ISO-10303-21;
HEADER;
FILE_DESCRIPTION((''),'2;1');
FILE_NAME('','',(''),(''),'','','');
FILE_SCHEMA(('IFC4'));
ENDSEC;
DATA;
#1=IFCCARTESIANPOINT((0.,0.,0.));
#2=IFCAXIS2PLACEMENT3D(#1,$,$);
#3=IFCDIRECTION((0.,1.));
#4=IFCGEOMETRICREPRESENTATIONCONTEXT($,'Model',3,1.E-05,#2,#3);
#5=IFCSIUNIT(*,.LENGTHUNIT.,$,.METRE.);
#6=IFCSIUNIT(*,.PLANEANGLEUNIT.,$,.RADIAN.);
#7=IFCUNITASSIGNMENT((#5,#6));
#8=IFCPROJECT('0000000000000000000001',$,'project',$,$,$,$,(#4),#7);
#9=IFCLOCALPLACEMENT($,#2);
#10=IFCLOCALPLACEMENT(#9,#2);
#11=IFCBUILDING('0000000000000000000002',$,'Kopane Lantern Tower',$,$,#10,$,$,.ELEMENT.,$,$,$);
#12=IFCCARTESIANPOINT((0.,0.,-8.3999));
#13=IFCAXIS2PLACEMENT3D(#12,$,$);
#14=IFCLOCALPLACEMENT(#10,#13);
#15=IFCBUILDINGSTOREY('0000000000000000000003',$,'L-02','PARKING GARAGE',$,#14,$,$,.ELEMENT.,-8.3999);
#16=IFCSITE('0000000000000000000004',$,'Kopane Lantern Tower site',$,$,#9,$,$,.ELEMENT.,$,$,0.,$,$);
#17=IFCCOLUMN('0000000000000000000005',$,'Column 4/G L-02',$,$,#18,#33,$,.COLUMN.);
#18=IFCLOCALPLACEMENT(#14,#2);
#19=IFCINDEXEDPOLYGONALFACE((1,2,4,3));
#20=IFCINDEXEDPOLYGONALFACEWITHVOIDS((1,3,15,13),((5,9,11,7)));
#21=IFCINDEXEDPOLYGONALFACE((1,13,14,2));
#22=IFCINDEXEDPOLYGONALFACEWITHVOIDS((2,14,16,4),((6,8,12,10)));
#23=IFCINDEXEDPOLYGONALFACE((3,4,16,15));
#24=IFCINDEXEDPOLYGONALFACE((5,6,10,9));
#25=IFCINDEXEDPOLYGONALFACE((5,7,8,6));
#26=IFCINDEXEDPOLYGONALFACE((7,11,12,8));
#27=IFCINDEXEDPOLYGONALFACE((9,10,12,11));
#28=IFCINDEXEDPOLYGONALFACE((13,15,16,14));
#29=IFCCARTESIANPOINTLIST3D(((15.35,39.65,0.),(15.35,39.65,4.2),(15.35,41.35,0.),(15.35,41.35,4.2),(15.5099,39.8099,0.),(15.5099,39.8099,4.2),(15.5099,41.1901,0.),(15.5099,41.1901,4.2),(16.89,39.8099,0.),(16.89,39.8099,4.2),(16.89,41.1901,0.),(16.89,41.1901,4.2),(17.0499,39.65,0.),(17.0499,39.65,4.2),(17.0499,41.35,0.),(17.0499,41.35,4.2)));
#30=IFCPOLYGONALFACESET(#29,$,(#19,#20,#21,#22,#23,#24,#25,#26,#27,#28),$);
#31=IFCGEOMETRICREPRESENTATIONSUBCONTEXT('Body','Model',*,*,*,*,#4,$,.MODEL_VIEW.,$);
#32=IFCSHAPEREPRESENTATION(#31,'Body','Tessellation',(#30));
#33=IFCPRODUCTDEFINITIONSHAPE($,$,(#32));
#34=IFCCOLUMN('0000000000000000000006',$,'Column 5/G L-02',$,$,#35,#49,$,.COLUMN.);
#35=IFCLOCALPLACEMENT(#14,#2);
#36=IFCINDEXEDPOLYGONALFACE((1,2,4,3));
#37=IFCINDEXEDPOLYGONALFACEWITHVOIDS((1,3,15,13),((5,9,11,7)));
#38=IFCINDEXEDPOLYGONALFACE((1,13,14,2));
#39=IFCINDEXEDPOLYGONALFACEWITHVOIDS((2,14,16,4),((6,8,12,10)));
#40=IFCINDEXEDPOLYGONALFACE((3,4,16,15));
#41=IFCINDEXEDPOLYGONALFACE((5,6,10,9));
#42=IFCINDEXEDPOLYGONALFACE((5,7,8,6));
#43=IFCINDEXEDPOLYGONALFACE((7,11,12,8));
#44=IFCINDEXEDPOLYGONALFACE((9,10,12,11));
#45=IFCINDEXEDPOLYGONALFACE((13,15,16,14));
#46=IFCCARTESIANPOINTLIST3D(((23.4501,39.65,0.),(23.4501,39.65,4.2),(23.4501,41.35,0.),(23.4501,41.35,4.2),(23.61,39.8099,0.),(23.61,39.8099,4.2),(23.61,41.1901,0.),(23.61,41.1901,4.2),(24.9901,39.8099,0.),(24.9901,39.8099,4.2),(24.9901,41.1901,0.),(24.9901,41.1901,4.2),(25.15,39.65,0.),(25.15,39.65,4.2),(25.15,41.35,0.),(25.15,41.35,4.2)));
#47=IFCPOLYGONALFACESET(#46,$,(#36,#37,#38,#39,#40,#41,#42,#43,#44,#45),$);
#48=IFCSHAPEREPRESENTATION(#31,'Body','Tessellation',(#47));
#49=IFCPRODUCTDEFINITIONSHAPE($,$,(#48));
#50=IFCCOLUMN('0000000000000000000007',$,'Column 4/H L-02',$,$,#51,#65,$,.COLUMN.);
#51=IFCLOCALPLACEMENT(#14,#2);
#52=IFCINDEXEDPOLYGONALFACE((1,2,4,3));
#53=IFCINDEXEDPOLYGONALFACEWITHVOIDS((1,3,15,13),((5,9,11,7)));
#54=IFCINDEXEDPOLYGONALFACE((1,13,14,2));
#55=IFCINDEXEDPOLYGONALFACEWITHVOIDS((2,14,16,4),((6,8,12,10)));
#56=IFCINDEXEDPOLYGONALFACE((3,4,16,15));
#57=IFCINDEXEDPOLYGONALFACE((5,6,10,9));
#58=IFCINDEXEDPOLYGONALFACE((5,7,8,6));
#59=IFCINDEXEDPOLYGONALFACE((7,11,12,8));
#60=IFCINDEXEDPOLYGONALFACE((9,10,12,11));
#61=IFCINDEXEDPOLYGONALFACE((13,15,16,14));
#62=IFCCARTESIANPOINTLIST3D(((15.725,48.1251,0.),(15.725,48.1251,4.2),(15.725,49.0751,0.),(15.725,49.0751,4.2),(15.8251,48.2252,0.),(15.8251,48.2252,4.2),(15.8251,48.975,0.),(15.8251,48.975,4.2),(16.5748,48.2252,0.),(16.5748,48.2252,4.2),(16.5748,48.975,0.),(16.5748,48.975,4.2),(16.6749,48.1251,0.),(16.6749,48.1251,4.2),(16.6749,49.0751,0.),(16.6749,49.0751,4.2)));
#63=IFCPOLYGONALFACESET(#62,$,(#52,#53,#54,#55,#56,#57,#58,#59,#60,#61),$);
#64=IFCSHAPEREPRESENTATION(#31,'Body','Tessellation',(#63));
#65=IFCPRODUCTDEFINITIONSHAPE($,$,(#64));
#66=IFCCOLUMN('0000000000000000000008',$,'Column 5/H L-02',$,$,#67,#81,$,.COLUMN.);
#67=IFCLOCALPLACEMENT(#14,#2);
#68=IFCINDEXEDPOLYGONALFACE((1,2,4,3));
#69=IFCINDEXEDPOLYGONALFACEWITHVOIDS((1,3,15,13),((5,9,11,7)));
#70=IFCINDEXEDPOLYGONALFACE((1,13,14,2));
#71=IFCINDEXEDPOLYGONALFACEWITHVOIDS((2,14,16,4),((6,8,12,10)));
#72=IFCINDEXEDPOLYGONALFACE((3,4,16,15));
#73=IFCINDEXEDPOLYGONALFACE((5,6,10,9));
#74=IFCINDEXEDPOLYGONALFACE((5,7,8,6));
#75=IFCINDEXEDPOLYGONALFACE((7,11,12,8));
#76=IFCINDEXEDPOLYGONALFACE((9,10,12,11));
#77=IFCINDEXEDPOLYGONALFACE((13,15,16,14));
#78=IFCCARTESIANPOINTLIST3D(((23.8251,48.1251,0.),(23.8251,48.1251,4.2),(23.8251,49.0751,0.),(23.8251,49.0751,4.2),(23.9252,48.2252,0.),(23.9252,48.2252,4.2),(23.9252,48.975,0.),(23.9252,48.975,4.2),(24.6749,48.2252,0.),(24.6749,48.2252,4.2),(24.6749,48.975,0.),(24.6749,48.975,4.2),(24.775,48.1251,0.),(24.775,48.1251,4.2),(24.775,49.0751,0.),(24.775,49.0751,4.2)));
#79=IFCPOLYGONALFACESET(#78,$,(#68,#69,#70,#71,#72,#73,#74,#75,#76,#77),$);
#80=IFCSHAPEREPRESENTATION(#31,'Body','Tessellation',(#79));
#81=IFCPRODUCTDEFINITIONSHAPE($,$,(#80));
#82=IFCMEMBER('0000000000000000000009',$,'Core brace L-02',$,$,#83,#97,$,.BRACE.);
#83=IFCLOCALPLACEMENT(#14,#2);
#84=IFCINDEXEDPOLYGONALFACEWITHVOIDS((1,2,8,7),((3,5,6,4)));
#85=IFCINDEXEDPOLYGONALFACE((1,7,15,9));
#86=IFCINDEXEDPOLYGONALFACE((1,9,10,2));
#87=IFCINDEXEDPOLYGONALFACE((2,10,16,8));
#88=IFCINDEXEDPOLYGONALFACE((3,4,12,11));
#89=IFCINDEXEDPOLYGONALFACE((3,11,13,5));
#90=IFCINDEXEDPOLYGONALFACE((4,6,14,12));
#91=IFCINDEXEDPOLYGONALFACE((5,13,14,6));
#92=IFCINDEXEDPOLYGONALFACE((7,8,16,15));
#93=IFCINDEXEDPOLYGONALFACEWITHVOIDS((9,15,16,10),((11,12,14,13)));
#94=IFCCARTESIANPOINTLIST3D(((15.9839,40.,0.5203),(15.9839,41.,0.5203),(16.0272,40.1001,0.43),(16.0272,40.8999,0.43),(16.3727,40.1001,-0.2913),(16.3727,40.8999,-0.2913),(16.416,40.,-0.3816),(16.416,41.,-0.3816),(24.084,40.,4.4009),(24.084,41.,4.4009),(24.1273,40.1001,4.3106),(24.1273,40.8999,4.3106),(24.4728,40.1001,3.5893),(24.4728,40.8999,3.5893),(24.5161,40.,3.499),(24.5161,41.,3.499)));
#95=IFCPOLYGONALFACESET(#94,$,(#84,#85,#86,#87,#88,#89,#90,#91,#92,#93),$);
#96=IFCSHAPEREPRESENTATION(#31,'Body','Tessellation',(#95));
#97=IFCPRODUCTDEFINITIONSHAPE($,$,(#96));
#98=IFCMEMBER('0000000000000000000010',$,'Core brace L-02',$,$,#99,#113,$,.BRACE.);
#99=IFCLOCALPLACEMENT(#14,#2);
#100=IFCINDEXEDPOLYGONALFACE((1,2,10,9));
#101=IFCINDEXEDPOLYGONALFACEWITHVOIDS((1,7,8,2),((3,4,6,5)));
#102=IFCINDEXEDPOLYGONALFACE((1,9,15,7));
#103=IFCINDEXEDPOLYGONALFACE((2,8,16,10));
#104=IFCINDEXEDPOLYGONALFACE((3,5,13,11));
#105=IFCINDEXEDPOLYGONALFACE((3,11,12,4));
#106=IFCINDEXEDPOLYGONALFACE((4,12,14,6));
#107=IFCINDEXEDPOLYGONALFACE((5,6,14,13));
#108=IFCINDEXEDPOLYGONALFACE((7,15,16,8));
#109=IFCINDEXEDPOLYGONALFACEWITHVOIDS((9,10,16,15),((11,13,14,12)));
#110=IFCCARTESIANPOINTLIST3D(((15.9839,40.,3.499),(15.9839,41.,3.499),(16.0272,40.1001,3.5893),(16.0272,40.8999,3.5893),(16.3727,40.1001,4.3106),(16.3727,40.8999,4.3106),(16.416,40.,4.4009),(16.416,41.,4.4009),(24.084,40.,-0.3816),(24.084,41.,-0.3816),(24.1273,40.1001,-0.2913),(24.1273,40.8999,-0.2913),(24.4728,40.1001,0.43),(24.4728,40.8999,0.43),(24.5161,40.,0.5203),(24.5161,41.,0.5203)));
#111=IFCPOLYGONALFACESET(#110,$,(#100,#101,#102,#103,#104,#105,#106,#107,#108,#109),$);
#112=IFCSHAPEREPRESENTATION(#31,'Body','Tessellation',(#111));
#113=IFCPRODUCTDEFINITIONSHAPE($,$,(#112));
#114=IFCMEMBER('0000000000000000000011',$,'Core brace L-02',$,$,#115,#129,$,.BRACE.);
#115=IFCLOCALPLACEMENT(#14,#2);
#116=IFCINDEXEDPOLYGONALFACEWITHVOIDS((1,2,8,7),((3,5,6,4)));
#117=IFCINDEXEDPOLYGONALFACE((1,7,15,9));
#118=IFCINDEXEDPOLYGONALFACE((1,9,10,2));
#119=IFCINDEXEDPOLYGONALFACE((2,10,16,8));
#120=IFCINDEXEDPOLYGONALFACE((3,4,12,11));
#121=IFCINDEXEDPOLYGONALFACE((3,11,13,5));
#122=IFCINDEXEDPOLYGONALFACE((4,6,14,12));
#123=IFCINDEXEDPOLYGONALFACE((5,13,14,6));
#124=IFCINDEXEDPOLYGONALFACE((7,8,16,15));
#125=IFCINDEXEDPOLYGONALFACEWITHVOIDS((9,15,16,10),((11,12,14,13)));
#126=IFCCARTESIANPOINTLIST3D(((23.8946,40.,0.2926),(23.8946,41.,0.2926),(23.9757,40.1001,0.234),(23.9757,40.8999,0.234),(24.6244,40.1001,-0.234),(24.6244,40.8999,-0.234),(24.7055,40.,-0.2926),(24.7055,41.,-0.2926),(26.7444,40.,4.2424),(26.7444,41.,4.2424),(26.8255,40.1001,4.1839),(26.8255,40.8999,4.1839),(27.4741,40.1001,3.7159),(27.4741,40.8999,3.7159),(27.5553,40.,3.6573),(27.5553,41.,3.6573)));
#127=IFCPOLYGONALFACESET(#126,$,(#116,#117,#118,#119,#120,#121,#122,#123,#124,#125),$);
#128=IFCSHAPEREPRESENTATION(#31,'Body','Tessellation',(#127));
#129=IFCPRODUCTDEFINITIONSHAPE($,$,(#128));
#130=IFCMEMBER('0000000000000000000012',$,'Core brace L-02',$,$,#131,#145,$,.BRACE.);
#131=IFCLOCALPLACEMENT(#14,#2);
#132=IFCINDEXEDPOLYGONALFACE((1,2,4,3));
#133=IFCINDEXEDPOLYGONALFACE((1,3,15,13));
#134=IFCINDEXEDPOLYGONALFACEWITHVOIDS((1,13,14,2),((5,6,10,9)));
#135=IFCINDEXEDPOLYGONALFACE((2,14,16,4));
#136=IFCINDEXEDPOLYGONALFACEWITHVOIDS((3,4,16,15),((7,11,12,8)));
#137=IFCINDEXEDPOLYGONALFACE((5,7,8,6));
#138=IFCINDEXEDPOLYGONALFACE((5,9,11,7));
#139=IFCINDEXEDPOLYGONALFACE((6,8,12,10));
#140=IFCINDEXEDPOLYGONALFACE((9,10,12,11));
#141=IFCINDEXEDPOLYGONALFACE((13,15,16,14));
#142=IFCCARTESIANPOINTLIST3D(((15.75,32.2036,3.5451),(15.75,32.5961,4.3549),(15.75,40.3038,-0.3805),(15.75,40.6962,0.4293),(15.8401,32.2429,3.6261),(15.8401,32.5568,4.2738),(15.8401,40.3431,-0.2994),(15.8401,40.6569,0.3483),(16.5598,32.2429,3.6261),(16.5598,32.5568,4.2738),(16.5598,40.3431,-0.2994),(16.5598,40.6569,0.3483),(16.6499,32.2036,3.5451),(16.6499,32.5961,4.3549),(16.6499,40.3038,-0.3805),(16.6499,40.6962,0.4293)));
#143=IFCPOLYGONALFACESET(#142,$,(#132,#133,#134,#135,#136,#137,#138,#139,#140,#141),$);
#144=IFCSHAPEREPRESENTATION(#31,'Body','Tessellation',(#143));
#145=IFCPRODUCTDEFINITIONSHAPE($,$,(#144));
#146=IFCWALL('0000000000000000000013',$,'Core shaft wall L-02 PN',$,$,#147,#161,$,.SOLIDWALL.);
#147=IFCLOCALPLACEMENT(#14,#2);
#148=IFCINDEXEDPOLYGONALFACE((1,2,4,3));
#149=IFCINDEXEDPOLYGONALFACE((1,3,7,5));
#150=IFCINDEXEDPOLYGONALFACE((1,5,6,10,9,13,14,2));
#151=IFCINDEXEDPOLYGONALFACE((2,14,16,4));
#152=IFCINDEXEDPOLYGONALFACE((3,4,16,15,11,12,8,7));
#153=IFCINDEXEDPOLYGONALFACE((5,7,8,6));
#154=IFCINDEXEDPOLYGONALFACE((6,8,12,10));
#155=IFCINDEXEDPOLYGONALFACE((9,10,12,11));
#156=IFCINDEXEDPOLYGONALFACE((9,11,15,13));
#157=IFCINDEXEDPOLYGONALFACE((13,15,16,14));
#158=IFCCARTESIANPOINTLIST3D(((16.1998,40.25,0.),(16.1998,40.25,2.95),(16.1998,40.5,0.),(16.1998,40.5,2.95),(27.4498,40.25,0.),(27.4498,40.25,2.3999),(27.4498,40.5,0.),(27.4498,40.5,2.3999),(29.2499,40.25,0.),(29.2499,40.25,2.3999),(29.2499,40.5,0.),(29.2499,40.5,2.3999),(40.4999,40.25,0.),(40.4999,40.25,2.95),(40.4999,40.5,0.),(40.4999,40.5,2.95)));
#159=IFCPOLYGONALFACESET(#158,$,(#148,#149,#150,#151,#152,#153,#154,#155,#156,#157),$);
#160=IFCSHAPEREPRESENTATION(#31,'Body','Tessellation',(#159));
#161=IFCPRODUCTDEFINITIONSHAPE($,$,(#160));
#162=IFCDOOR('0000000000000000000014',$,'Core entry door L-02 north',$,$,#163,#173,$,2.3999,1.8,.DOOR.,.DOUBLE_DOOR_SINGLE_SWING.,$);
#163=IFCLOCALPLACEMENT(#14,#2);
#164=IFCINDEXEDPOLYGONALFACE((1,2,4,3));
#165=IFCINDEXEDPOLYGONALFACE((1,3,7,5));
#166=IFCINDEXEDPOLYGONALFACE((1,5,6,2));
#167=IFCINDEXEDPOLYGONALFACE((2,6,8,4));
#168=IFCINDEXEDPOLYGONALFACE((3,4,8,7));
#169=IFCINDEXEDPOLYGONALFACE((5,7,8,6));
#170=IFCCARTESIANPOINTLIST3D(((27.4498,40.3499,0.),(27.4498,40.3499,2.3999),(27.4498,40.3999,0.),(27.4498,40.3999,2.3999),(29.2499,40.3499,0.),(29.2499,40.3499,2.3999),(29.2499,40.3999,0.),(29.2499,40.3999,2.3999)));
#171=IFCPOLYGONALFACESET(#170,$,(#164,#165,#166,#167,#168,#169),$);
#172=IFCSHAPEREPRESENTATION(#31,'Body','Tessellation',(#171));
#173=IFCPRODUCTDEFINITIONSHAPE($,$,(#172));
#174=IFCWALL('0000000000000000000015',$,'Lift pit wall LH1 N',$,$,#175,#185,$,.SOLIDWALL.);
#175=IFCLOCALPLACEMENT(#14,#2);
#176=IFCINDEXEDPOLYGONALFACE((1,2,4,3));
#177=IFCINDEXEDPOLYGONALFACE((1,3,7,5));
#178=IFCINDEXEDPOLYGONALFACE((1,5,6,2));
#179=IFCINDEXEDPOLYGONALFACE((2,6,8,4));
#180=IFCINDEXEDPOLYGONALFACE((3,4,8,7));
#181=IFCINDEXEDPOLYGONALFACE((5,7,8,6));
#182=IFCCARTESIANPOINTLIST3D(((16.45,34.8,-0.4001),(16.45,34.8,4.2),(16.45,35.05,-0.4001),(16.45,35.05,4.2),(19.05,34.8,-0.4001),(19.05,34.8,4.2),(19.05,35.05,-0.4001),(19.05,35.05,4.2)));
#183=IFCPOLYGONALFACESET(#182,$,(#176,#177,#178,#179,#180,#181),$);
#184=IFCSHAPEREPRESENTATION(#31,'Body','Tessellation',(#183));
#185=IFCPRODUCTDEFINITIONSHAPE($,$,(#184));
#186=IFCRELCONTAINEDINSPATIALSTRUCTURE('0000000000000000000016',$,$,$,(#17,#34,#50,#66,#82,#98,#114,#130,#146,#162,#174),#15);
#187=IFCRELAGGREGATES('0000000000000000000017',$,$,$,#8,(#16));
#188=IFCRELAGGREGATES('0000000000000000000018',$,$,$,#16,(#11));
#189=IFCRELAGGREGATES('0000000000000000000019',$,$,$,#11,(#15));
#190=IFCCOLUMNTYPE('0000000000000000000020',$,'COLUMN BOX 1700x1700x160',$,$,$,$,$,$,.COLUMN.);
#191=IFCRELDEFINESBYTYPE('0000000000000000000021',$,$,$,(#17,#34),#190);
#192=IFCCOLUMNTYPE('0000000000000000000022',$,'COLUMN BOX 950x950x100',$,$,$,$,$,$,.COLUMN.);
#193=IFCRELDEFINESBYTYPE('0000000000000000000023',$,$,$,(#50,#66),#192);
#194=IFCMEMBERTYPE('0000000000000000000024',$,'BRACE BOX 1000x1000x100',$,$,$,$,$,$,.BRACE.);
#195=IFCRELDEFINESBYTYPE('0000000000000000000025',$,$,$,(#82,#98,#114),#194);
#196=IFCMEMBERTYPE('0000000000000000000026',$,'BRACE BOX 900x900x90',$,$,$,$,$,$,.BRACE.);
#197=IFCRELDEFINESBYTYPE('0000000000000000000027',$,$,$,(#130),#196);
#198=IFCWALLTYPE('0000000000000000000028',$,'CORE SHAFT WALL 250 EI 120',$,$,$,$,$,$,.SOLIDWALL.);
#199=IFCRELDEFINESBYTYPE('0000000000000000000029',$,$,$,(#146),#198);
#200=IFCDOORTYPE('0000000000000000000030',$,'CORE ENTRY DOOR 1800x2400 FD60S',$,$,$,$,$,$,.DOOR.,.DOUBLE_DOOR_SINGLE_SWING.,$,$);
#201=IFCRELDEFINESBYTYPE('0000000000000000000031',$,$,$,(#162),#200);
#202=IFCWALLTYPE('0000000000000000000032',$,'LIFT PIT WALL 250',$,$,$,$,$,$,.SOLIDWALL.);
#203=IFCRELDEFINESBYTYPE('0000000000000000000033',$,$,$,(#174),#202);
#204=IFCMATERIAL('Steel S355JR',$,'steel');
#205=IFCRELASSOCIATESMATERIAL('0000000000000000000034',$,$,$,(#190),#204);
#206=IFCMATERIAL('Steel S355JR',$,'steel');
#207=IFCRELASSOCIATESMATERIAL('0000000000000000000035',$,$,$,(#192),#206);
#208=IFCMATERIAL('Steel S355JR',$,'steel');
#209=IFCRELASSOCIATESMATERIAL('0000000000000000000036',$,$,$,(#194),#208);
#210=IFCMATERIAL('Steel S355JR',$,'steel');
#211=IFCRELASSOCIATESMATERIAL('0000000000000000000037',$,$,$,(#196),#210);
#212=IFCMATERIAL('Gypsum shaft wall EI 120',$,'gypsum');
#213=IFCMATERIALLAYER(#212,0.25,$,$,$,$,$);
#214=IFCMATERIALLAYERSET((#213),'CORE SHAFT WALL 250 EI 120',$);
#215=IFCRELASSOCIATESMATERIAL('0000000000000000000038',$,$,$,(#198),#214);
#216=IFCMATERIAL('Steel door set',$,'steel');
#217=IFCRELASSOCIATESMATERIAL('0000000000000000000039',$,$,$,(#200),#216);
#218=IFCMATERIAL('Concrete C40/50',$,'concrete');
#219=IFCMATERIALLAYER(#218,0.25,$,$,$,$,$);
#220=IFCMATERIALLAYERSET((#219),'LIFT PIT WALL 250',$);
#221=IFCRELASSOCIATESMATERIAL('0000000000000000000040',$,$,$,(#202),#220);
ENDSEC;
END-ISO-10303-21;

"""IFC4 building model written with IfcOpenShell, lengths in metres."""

from ifc_helpers import new_model, si_unit, direction, frame, frame_2d, origin, origin_2d, place, context, subcontext, project, spatial, rectangle, hollow_rectangle, extrude, material, layer, layer_set, material_profile, profile_set, type_object, element, fill, save


model = new_model("IFC4")

# Units and contexts
model_context = context("Model", 3, precision=1e-05, world=origin(), true_north=direction((0.0, 1.0)))
body_context = subcontext(model_context, "Body", "Model", "MODEL_VIEW")
ifc_project = project(units=[si_unit("LENGTHUNIT", "METRE"), si_unit("PLANEANGLEUNIT", "RADIAN")], contexts=[model_context])

# Site, building, storey
site_placement = place(None, origin())
site = spatial("IfcSite", under=ifc_project, at=site_placement, Name="Kopane Lantern Tower site", CompositionType="ELEMENT", RefElevation=0.0)
building_placement = place(site_placement, origin())
building = spatial("IfcBuilding", under=site, at=building_placement, Name="Kopane Lantern Tower", CompositionType="ELEMENT")
storey_placement = place(building_placement, frame((0.0, 0.0, -8.3999)))
storey = spatial("IfcBuildingStorey", under=building, at=storey_placement, Name="L-02", Description="PARKING GARAGE", CompositionType="ELEMENT", Elevation=-8.3999)

# Columns
ifc_material_1 = material(Name="Steel S355JR", Category="steel")
ifc_material_profile_1 = material_profile(ifc_material_1, hollow_rectangle(XDim=1.7, YDim=1.7, WallThickness=0.1599, at=origin_2d()), Name="BOX 1700x1700x160")
ifc_profile_set_1 = profile_set([ifc_material_profile_1], Name="Steel S355JR")
column_type_1 = type_object("IfcColumnType", Name="COLUMN BOX 1700x1700x160", PredefinedType="COLUMN", material=ifc_profile_set_1)
for number, where, z_axis, x_axis, name in (
    (1, (16.2, 40.5, 0.0), (0.0, 0.0, 1.0), (1.0, 0.0, 0.0), "Column 4/G L-02"),
    (2, (24.3, 40.5, 0.0), (0.0, 0.0, 1.0), (1.0, 0.0, 0.0), "Column 5/G L-02"),
):
    element("IfcColumn", number, at=place(storey_placement, frame(where, z_axis=z_axis, x_axis=x_axis)), inside=storey, type_object=column_type_1, Name=name, PredefinedType="COLUMN", context=body_context, shape_type="SweptSolid", body=[
        extrude(hollow_rectangle(XDim=1.7, YDim=1.7, WallThickness=0.1599, at=origin_2d()), origin(), (0.0, 0.0, 1.0), 4.2),
    ])
ifc_material_2 = material(Name="Steel S355JR", Category="steel")
ifc_material_profile_2 = material_profile(ifc_material_2, hollow_rectangle(XDim=0.95, YDim=0.95, WallThickness=0.1001, at=origin_2d()), Name="BOX 950x950x100")
ifc_profile_set_2 = profile_set([ifc_material_profile_2], Name="Steel S355JR")
column_type_2 = type_object("IfcColumnType", Name="COLUMN BOX 950x950x100", PredefinedType="COLUMN", material=ifc_profile_set_2)
for number, where, z_axis, x_axis, name in (
    (3, (16.2, 48.6001, 0.0), (0.0, 0.0, 1.0), (1.0, 0.0, 0.0), "Column 4/H L-02"),
    (4, (24.3, 48.6001, 0.0), (0.0, 0.0, 1.0), (1.0, 0.0, 0.0), "Column 5/H L-02"),
):
    element("IfcColumn", number, at=place(storey_placement, frame(where, z_axis=z_axis, x_axis=x_axis)), inside=storey, type_object=column_type_2, Name=name, PredefinedType="COLUMN", context=body_context, shape_type="SweptSolid", body=[
        extrude(hollow_rectangle(XDim=0.95, YDim=0.95, WallThickness=0.1001, at=origin_2d()), origin(), (0.0, 0.0, 1.0), 4.2),
    ])

# Members
ifc_material_3 = material(Name="Steel S355JR", Category="steel")
ifc_material_profile_3 = material_profile(ifc_material_3, hollow_rectangle(XDim=1.0, YDim=1.0, WallThickness=0.1001, at=origin_2d()), Name="BOX 1000x1000x100")
ifc_profile_set_3 = profile_set([ifc_material_profile_3], Name="Steel S355JR")
member_type_1 = type_object("IfcMemberType", Name="BRACE BOX 1000x1000x100", PredefinedType="BRACE", material=ifc_profile_set_3)
for number, where, z_axis, x_axis, name in (
    (5, (16.2, 40.5, 0.0693), (0.901846, 0.0, 0.432058), (0.0, 1.0, 0.0), "Core brace L-02"),
    (6, (24.3, 40.5, 0.0693), (-0.901846, 0.0, 0.432058), (0.0, -1.0, 0.0), "Core brace L-02"),
):
    element("IfcMember", number, at=place(storey_placement, frame(where, z_axis=z_axis, x_axis=x_axis)), inside=storey, type_object=member_type_1, Name=name, PredefinedType="BRACE", context=body_context, shape_type="SweptSolid", body=[
        extrude(hollow_rectangle(XDim=1.0, YDim=1.0, WallThickness=0.1001, at=origin_2d()), origin(), (0.0, 0.0, 1.0), 8.9817),
    ])
member_1_placement = place(storey_placement, frame((24.3, 40.5, 0.0), z_axis=(0.585101, 0.0, 0.810961), x_axis=(0.0, 1.0, 0.0)))
element("IfcMember", 7, at=member_1_placement, inside=storey, type_object=member_type_1, Name="Core brace L-02", PredefinedType="BRACE", context=body_context, shape_type="SweptSolid", body=[
    extrude(hollow_rectangle(XDim=1.0, YDim=1.0, WallThickness=0.1001, at=origin_2d()), origin(), (0.0, 0.0, 1.0), 4.8706),
])
ifc_material_4 = material(Name="Steel S355JR", Category="steel")
ifc_material_profile_4 = material_profile(ifc_material_4, hollow_rectangle(XDim=0.8999, YDim=0.8999, WallThickness=0.0901, at=origin_2d()), Name="BOX 900x900x90")
ifc_profile_set_4 = profile_set([ifc_material_profile_4], Name="Steel S355JR")
member_type_2 = type_object("IfcMemberType", Name="BRACE BOX 900x900x90", PredefinedType="BRACE", material=ifc_profile_set_4)
member_2_placement = place(storey_placement, frame((16.2, 40.5, 0.0244), z_axis=(0.0, -0.899892, 0.436113), x_axis=(1.0, 0.0, 0.0)))
element("IfcMember", 8, at=member_2_placement, inside=storey, type_object=member_type_2, Name="Core brace L-02", PredefinedType="BRACE", context=body_context, shape_type="SweptSolid", body=[
    extrude(hollow_rectangle(XDim=0.8999, YDim=0.8999, WallThickness=0.0901, at=origin_2d()), origin(), (0.0, 0.0, 1.0), 9.0012),
])

# Wall, opening, door
ifc_material_5 = material(Name="Gypsum shaft wall EI 120", Category="gypsum")
ifc_layer_1 = layer(ifc_material_5, 0.25)
ifc_layer_set_1 = layer_set([ifc_layer_1], Name="CORE SHAFT WALL 250 EI 120")
wall_type_1 = type_object("IfcWallType", Name="CORE SHAFT WALL 250 EI 120", PredefinedType="SOLIDWALL", material=ifc_layer_set_1)
wall_1_placement = place(storey_placement, frame((16.2, 40.375, 0.0), z_axis=(0.0, 0.0, 1.0), x_axis=(1.0, 0.0, 0.0)))
wall_1 = element("IfcWall", 9, at=wall_1_placement, inside=storey, type_object=wall_type_1, Name="Core shaft wall L-02 PN", PredefinedType="SOLIDWALL", context=body_context, shape_type="SweptSolid", body=[
    extrude(rectangle(XDim=24.3, YDim=0.25, at=frame_2d((12.1499, 0.0))), origin(), (0.0, 0.0, 1.0), 2.95),
])
opening_placement = place(wall_1_placement, frame((11.25, 0.0, 0.0)))
opening = element("IfcOpeningElement", 10, at=opening_placement, cuts=wall_1, PredefinedType="OPENING", context=body_context, shape_type="SweptSolid", body=[
    extrude(rectangle(XDim=1.8, YDim=2.3999, at=frame_2d((0.8999, 1.2))), frame((0.0, 0.135, 0.0), z_axis=(0.0, -1.0, 0.0), x_axis=(1.0, 0.0, 0.0)), (0.0, 0.0, 1.0), 0.27),
])
ifc_material_6 = material(Name="Steel door set", Category="steel")
door_type = type_object("IfcDoorType", Name="CORE ENTRY DOOR 1800x2400 FD60S", OperationType="DOUBLE_DOOR_SINGLE_SWING", PredefinedType="DOOR", material=ifc_material_6)
door_placement = place(opening_placement, origin())
door = element("IfcDoor", 11, at=door_placement, inside=storey, type_object=door_type, Name="Core entry door L-02 north", OperationType="DOUBLE_DOOR_SINGLE_SWING", OverallHeight=2.3999, OverallWidth=1.8, PredefinedType="DOOR", context=body_context, shape_type="SweptSolid", body=[
    extrude(rectangle(XDim=1.8, YDim=2.3999, at=frame_2d((0.8999, 1.2))), frame((0.0, 0.0249, 0.0), z_axis=(0.0, -1.0, 0.0), x_axis=(1.0, 0.0, 0.0)), (0.0, 0.0, 1.0), 0.05),
])
fill(opening, door)

# Wall
ifc_material_7 = material(Name="Concrete C40/50", Category="concrete")
ifc_layer_2 = layer(ifc_material_7, 0.25)
ifc_layer_set_2 = layer_set([ifc_layer_2], Name="LIFT PIT WALL 250")
wall_type_2 = type_object("IfcWallType", Name="LIFT PIT WALL 250", PredefinedType="SOLIDWALL", material=ifc_layer_set_2)
wall_2_placement = place(storey_placement, frame((16.45, 34.925, -0.4001), z_axis=(0.0, 0.0, 1.0), x_axis=(1.0, 0.0, 0.0)))
element("IfcWall", 12, at=wall_2_placement, inside=storey, type_object=wall_type_2, Name="Lift pit wall LH1 N", PredefinedType="SOLIDWALL", context=body_context, shape_type="SweptSolid", body=[
    extrude(rectangle(XDim=2.6001, YDim=0.25, at=frame_2d((1.3, 0.0))), origin(), (0.0, 0.0, 1.0), 4.6001),
])

save(model, "model.ifc")
